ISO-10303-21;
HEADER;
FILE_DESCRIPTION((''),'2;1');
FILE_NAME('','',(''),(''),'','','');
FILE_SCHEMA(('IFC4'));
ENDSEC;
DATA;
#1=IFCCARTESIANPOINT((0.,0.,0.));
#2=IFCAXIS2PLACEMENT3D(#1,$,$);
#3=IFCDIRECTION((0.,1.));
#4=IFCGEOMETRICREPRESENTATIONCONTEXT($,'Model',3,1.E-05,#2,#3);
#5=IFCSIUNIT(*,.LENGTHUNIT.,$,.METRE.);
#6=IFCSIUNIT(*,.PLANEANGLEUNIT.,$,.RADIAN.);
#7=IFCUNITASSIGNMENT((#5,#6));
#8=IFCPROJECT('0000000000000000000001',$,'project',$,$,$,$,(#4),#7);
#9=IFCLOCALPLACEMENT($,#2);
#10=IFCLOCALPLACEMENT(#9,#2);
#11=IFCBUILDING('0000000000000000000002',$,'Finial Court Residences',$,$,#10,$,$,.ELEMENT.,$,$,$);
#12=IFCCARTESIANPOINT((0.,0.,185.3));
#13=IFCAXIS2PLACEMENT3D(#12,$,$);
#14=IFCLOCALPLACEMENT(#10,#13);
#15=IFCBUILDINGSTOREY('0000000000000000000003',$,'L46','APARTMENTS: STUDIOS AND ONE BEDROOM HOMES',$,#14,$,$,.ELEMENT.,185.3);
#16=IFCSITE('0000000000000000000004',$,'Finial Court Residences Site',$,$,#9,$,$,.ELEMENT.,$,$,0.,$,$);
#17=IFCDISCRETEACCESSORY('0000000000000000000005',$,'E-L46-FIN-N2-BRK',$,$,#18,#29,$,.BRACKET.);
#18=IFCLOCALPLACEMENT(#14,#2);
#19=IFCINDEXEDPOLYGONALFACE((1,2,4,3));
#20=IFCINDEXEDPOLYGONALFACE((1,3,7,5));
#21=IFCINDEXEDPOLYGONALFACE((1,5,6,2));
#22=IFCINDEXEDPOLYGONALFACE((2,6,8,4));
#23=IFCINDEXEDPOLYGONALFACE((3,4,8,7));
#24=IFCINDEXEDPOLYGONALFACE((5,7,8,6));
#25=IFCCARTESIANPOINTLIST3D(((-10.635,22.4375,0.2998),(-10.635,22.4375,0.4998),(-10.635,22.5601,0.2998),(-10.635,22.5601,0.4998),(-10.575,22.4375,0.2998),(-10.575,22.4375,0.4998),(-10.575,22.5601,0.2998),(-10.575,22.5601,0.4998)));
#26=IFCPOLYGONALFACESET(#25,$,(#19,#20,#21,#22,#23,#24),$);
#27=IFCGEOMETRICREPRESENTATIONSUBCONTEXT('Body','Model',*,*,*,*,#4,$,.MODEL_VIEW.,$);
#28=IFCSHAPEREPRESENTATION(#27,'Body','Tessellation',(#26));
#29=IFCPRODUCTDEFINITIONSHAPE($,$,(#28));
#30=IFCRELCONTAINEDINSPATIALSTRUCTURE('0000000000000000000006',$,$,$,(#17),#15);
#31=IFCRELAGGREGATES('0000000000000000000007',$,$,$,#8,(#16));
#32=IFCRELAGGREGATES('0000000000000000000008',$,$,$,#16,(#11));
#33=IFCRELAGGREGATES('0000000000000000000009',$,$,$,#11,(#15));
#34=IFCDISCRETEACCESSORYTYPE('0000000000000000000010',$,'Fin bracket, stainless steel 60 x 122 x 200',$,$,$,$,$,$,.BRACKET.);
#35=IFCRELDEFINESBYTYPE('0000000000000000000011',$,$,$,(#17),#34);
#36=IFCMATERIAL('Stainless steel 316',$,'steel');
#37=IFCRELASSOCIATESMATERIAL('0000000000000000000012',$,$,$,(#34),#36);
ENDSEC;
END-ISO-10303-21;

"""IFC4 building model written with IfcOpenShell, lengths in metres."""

from ifc_helpers import new_model, si_unit, direction, frame, origin, origin_2d, place, context, subcontext, project, spatial, rectangle, extrude, material, type_object, element, save


model = new_model("IFC4")

# Units and contexts
model_context = context("Model", 3, precision=1e-05, world=origin(), true_north=direction((0.0, 1.0)))
body_context = subcontext(model_context, "Body", "Model", "MODEL_VIEW")
ifc_project = project(units=[si_unit("LENGTHUNIT", "METRE"), si_unit("PLANEANGLEUNIT", "RADIAN")], contexts=[model_context])

# Site, building, storey
site_placement = place(None, origin())
site = spatial("IfcSite", under=ifc_project, at=site_placement, Name="Finial Court Residences Site", CompositionType="ELEMENT", RefElevation=0.0)
building_placement = place(site_placement, origin())
building = spatial("IfcBuilding", under=site, at=building_placement, Name="Finial Court Residences", CompositionType="ELEMENT")
storey_placement = place(building_placement, frame((0.0, 0.0, 185.3)))
storey = spatial("IfcBuildingStorey", under=building, at=storey_placement, Name="L46", Description="APARTMENTS: STUDIOS AND ONE BEDROOM HOMES", CompositionType="ELEMENT", Elevation=185.3)

# Discrete accessory
ifc_material_1 = material(Name="Stainless steel 316", Category="steel")
discrete_accessory_type = type_object("IfcDiscreteAccessoryType", Name="Fin bracket, stainless steel 60 x 122 x 200", PredefinedType="BRACKET", material=ifc_material_1)
discrete_accessory_placement = place(storey_placement, frame((-10.605, 22.4988, 0.2998), z_axis=(0.0, 0.0, 1.0), x_axis=(1.0, 0.0, 0.0)))
element("IfcDiscreteAccessory", 1, at=discrete_accessory_placement, inside=storey, type_object=discrete_accessory_type, Name="E-L46-FIN-N2-BRK", PredefinedType="BRACKET", context=body_context, shape_type="SweptSolid", body=[
    extrude(rectangle(XDim=0.0601, YDim=0.1226, at=origin_2d()), origin(), (0.0, 0.0, 1.0), 0.2),
])

save(model, "model.ifc")
